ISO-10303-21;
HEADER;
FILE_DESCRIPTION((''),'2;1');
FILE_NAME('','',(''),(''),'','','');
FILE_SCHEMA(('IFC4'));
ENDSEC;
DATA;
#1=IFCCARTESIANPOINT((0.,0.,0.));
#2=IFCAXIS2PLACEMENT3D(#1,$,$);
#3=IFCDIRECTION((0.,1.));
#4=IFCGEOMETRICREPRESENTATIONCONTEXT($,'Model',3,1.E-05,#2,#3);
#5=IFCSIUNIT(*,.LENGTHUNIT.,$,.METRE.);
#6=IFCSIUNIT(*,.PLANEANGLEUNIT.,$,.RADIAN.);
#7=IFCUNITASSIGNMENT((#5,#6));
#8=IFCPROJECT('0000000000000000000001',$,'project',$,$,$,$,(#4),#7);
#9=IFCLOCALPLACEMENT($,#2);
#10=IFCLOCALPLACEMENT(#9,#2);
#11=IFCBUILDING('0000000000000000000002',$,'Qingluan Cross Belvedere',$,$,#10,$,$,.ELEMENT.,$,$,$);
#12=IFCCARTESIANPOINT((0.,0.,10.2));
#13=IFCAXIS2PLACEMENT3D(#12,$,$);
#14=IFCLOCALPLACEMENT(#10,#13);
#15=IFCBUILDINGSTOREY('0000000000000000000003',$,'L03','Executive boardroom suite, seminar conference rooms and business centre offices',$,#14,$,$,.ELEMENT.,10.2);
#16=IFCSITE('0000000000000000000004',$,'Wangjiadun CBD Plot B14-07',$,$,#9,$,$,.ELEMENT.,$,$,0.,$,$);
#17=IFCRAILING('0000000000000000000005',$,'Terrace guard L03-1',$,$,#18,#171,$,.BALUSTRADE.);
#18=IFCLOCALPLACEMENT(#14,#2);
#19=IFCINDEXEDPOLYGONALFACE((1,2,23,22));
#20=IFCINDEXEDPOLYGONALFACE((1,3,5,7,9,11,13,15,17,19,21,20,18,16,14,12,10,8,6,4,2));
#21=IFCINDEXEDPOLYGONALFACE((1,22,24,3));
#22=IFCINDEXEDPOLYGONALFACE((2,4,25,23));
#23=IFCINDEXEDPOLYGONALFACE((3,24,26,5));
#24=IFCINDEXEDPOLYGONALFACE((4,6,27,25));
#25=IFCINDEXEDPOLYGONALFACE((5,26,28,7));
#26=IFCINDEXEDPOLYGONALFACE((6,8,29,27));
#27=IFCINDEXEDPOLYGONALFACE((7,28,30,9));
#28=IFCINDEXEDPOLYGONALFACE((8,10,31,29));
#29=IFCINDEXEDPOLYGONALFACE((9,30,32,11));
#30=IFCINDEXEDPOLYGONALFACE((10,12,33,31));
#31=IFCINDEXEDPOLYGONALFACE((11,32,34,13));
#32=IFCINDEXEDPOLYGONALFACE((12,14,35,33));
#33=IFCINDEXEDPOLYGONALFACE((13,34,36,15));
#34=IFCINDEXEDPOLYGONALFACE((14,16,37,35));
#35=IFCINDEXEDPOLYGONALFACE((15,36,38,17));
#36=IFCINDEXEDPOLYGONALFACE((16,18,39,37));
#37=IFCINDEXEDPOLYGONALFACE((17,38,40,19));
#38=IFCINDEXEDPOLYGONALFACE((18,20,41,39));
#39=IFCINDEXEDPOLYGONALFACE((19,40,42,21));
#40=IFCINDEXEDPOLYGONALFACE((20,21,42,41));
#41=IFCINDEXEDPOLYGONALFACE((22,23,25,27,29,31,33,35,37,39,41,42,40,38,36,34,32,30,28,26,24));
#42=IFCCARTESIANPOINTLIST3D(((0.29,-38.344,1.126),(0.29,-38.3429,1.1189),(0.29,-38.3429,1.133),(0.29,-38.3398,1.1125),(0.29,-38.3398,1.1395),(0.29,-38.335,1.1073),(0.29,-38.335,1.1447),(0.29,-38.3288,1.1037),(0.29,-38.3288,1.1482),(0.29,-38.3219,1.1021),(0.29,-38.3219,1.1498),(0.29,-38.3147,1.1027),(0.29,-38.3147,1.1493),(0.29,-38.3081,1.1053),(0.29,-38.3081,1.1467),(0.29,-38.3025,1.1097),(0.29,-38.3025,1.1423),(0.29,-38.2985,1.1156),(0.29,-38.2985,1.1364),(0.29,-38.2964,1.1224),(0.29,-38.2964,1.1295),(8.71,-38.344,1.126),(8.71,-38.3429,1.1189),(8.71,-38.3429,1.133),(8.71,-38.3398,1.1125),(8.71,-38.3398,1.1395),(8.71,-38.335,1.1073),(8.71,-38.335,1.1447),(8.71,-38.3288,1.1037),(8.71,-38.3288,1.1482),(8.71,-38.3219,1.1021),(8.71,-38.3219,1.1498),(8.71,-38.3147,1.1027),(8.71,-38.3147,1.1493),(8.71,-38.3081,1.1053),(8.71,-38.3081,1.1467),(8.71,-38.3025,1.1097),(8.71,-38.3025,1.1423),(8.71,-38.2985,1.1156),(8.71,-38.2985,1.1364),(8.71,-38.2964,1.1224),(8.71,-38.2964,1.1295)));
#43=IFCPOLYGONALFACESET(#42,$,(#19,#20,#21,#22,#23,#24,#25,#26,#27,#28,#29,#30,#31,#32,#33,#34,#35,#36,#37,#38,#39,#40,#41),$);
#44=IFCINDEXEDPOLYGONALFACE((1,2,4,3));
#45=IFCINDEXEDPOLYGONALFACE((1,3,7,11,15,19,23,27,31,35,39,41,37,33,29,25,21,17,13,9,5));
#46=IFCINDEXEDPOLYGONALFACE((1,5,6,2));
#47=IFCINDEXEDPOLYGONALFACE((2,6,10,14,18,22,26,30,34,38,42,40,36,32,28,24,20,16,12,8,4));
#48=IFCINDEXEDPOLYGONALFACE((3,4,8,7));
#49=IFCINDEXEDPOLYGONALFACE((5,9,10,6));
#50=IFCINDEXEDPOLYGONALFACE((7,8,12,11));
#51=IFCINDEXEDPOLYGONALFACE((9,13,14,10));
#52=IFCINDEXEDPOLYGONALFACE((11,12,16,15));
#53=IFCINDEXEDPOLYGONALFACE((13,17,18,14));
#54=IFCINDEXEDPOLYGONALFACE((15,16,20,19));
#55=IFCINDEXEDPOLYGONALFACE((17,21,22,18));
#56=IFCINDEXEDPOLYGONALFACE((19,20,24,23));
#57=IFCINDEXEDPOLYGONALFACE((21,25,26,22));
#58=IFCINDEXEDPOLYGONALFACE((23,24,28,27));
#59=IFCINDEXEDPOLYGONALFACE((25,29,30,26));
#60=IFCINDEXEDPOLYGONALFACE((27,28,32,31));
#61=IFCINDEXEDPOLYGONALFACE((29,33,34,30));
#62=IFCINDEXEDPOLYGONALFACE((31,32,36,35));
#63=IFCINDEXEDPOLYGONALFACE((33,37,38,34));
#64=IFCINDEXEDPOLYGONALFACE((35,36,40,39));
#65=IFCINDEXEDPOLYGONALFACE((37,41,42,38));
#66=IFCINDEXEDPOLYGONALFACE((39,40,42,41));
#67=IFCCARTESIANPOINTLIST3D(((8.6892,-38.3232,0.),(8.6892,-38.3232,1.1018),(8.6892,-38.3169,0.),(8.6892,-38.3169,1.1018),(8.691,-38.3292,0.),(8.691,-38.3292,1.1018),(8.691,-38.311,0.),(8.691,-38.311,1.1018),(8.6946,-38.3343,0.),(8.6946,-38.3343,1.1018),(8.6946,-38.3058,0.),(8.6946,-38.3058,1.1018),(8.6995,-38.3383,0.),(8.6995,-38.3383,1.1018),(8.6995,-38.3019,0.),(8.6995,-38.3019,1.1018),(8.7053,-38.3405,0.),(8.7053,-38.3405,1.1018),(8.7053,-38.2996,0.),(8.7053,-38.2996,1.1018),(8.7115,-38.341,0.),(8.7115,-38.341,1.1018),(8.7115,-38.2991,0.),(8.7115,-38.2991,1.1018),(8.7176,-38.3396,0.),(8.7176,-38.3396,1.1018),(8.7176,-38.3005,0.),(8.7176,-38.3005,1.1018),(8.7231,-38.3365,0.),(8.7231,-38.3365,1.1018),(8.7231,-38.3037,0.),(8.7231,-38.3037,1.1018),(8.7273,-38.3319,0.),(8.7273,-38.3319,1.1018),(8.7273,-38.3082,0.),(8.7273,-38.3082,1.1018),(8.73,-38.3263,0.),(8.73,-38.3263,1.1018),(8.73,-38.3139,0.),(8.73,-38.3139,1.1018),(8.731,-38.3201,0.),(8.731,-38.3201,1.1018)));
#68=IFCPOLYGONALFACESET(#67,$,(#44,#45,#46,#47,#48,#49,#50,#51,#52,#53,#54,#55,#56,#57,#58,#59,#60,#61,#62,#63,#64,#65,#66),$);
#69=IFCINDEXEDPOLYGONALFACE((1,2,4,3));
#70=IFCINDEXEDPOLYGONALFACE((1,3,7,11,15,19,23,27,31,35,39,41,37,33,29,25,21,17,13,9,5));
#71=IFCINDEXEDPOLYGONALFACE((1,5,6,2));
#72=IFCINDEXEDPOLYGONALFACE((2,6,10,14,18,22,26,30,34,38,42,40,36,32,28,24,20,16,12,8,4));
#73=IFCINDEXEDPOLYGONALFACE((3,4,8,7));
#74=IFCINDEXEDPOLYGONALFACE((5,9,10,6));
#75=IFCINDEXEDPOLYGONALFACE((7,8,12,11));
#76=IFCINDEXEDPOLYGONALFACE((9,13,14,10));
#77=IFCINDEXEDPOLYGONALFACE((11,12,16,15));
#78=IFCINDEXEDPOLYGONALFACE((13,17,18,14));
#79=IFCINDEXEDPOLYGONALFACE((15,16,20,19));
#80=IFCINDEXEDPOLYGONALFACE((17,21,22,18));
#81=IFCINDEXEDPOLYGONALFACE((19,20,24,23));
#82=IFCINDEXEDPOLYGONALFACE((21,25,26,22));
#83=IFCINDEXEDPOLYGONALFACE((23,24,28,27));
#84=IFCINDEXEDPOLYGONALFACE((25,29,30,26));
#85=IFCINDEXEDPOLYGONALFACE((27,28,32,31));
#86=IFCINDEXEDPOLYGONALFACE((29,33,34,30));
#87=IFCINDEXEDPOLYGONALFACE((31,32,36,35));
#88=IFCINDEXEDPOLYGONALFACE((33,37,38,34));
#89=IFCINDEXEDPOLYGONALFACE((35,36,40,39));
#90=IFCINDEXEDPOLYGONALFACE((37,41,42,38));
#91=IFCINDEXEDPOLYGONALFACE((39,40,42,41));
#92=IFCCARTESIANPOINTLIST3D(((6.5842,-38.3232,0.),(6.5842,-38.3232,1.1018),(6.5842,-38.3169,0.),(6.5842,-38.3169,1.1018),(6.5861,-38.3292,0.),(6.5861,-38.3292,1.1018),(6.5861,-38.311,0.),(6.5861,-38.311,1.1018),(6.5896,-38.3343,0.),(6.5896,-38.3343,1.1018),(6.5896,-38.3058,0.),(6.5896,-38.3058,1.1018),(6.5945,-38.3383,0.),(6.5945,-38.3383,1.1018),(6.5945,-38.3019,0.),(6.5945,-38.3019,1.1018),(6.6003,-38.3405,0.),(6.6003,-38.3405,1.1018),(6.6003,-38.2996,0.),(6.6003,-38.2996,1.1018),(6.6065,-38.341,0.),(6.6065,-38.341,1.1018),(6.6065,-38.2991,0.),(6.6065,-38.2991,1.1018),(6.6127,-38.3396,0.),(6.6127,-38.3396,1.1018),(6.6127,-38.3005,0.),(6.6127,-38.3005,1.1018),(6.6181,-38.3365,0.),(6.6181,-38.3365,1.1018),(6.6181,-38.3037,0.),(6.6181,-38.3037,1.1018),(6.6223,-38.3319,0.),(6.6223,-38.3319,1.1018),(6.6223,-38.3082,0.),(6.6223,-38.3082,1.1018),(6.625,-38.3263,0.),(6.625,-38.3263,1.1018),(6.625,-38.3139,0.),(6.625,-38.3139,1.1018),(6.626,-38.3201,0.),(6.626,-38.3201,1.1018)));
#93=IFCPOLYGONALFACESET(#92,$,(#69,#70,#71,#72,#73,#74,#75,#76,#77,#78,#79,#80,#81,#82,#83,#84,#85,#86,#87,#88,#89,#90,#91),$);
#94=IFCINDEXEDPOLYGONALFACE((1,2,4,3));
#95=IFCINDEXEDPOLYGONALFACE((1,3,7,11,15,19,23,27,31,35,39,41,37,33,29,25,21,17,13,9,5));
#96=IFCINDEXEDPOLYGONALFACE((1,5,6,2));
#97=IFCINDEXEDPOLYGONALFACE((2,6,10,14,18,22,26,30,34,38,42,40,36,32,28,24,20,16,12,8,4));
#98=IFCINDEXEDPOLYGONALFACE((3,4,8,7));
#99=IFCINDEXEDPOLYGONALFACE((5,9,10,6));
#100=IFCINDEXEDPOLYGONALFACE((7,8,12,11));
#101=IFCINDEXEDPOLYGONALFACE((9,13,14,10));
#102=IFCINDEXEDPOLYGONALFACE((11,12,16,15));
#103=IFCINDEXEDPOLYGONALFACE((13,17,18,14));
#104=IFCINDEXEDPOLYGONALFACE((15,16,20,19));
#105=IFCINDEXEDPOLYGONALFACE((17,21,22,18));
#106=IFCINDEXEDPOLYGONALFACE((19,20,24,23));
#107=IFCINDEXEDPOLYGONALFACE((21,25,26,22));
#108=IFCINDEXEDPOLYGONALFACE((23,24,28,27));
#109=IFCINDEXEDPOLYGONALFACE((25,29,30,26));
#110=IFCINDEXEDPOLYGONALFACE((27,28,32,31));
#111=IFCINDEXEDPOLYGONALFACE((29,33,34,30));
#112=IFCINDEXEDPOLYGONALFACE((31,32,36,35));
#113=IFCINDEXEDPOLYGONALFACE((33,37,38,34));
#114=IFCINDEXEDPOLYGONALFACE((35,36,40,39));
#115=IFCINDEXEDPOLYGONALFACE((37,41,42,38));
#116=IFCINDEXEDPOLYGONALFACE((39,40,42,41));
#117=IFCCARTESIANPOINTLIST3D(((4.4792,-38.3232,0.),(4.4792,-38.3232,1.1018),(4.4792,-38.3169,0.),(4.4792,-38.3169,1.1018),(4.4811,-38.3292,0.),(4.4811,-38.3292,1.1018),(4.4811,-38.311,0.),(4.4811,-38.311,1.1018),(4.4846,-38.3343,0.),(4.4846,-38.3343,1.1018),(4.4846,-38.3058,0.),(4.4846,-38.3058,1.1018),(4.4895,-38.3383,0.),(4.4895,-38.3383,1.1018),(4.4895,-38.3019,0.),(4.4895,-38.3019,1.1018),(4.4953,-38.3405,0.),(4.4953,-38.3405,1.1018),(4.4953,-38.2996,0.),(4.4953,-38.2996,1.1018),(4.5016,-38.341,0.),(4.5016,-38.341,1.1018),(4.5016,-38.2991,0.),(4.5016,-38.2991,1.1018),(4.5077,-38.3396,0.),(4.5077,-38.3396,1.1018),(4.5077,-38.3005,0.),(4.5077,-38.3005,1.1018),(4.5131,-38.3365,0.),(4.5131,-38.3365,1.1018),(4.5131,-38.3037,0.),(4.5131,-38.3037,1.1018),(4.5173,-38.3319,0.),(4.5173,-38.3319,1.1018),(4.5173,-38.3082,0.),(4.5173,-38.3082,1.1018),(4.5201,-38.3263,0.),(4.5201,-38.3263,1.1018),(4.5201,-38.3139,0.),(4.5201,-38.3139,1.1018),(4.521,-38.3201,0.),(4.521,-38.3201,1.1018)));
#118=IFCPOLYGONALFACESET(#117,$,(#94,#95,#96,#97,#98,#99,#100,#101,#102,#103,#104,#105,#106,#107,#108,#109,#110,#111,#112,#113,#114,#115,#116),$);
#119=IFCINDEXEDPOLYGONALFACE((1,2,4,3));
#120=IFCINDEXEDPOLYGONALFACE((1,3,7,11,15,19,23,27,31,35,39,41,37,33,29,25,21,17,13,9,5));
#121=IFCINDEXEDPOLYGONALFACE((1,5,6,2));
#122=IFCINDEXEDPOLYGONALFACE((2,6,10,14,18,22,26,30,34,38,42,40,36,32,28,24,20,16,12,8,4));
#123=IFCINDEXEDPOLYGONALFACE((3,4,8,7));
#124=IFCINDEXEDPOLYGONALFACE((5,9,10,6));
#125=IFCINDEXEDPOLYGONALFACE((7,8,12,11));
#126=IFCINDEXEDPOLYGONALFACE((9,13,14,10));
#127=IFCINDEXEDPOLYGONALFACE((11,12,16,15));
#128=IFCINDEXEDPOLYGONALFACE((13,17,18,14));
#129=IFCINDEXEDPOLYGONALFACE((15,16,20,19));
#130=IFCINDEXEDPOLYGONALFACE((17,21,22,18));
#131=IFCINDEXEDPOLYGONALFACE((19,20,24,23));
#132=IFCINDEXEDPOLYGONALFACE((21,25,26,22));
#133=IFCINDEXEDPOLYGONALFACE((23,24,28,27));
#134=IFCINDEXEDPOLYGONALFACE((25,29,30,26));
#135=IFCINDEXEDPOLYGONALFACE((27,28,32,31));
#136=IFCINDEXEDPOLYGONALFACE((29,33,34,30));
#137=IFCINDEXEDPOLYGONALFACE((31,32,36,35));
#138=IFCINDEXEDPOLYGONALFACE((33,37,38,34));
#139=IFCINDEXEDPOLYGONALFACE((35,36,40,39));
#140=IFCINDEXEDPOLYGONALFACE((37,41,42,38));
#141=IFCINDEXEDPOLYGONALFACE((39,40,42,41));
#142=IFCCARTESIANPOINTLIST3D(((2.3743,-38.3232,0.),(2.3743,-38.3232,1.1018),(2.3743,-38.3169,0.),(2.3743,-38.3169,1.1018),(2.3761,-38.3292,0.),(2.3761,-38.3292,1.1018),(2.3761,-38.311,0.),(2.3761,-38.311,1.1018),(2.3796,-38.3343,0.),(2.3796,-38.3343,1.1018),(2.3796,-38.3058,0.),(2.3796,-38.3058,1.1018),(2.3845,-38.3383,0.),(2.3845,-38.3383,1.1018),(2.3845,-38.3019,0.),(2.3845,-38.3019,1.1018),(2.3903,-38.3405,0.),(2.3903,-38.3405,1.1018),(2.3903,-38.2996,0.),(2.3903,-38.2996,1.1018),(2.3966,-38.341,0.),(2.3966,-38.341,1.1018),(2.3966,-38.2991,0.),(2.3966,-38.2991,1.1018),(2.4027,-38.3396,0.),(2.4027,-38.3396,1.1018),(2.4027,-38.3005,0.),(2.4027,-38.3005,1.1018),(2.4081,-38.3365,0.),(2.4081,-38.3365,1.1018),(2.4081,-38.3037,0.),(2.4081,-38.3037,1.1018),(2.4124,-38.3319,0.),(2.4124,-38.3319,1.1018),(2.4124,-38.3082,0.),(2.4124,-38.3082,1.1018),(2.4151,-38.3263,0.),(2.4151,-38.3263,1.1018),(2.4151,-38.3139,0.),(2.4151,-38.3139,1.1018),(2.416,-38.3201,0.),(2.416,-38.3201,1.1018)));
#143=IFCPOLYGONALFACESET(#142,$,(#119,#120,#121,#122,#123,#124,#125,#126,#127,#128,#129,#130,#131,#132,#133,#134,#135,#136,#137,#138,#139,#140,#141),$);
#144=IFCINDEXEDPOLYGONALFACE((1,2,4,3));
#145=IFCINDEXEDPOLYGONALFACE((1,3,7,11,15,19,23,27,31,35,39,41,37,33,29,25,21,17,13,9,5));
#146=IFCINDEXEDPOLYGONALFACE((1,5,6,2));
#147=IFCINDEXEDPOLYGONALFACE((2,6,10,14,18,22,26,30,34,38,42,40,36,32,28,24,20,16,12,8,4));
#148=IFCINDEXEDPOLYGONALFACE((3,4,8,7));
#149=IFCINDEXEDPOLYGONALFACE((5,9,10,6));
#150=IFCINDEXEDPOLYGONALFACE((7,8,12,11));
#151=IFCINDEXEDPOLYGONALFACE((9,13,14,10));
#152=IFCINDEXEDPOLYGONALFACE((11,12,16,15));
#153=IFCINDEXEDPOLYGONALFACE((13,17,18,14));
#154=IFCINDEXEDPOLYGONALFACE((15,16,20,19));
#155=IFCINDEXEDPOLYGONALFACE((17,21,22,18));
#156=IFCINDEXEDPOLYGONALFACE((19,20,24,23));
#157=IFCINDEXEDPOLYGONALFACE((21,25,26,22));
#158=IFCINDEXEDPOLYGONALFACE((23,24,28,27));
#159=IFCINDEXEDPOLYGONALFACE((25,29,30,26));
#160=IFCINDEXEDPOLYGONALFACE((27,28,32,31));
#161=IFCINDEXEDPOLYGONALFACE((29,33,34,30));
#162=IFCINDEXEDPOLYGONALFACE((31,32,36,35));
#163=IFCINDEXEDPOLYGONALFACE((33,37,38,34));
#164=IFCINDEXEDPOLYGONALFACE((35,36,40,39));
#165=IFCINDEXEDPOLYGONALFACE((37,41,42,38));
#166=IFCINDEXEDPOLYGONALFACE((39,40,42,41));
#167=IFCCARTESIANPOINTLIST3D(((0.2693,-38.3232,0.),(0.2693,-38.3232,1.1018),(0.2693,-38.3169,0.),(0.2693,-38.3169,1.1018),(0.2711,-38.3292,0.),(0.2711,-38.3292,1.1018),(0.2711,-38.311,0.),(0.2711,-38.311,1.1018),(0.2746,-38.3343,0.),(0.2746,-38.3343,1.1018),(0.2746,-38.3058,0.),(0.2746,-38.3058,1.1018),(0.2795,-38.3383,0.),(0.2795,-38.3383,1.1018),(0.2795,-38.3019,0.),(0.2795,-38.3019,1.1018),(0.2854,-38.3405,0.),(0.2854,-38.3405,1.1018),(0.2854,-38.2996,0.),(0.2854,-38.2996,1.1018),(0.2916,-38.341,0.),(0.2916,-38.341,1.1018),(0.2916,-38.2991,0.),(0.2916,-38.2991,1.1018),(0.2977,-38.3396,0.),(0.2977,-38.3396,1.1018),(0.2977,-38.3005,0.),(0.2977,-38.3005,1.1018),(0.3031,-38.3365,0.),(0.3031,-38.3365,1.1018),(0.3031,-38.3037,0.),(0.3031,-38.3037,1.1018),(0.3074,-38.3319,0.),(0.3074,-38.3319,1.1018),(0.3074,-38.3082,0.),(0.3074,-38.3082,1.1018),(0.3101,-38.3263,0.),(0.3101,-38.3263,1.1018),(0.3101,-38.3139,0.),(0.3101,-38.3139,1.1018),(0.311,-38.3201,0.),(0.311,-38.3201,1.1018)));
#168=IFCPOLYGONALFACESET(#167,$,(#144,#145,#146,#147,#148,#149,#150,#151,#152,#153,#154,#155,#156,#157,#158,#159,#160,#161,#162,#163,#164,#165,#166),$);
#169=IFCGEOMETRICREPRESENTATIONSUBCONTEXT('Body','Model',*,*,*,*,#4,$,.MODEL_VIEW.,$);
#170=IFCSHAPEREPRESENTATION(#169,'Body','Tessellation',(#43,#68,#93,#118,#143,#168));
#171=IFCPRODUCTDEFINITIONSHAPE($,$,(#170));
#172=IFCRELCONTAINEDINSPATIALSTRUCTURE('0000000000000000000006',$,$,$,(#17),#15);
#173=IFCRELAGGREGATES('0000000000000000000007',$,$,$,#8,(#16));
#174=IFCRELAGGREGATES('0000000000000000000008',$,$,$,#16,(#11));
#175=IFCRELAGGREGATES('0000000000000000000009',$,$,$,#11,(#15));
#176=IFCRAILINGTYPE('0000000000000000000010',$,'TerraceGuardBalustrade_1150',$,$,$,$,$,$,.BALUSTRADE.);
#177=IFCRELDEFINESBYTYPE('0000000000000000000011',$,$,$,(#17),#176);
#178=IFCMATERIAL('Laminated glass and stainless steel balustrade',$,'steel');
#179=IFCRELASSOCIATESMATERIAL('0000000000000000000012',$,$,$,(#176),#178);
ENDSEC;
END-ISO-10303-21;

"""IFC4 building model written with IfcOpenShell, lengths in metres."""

from ifc_helpers import new_model, si_unit, direction, frame, origin, origin_2d, place, context, subcontext, project, spatial, circle, extrude, material, type_object, element, save


model = new_model("IFC4")

# Units and contexts
model_context = context("Model", 3, precision=1e-05, world=origin(), true_north=direction((0.0, 1.0)))
body_context = subcontext(model_context, "Body", "Model", "MODEL_VIEW")
ifc_project = project(units=[si_unit("LENGTHUNIT", "METRE"), si_unit("PLANEANGLEUNIT", "RADIAN")], contexts=[model_context])

# Site, building, storey
site_placement = place(None, origin())
site = spatial("IfcSite", under=ifc_project, at=site_placement, Name="Wangjiadun CBD Plot B14-07", CompositionType="ELEMENT", RefElevation=0.0)
building_placement = place(site_placement, origin())
building = spatial("IfcBuilding", under=site, at=building_placement, Name="Qingluan Cross Belvedere", CompositionType="ELEMENT")
storey_placement = place(building_placement, frame((0.0, 0.0, 10.2)))
storey = spatial("IfcBuildingStorey", under=building, at=storey_placement, Name="L03", Description="Executive boardroom suite, seminar conference rooms and business centre offices", CompositionType="ELEMENT", Elevation=10.2)

# Railing
ifc_material_1 = material(Name="Laminated glass and stainless steel balustrade", Category="steel")
railing_type = type_object("IfcRailingType", Name="TerraceGuardBalustrade_1150", PredefinedType="BALUSTRADE", material=ifc_material_1)
railing_placement = place(storey_placement, frame((8.71, -38.3201, 0.0)))
element("IfcRailing", 1, at=railing_placement, inside=storey, type_object=railing_type, Name="Terrace guard L03-1", PredefinedType="BALUSTRADE", context=body_context, shape_type="SweptSolid", body=[
    extrude(circle(Radius=0.0239, at=origin_2d()), frame((0.0, 0.0, 1.126), z_axis=(-1.0, 0.0, 0.0), x_axis=(0.0, -1.0, 0.0)), (0.0, 0.0, 1.0), 8.4199),
    extrude(circle(Radius=0.021, at=origin_2d()), origin(), (0.0, 0.0, 1.0), 1.1018),
    extrude(circle(Radius=0.021, at=origin_2d()), frame((-2.105, 0.0, 0.0)), (0.0, 0.0, 1.0), 1.1018),
    extrude(circle(Radius=0.021, at=origin_2d()), frame((-4.21, 0.0, 0.0)), (0.0, 0.0, 1.0), 1.1018),
    extrude(circle(Radius=0.021, at=origin_2d()), frame((-6.3149, 0.0, 0.0)), (0.0, 0.0, 1.0), 1.1018),
    extrude(circle(Radius=0.021, at=origin_2d()), frame((-8.4199, 0.0, 0.0)), (0.0, 0.0, 1.0), 1.1018),
])

save(model, "model.ifc")
